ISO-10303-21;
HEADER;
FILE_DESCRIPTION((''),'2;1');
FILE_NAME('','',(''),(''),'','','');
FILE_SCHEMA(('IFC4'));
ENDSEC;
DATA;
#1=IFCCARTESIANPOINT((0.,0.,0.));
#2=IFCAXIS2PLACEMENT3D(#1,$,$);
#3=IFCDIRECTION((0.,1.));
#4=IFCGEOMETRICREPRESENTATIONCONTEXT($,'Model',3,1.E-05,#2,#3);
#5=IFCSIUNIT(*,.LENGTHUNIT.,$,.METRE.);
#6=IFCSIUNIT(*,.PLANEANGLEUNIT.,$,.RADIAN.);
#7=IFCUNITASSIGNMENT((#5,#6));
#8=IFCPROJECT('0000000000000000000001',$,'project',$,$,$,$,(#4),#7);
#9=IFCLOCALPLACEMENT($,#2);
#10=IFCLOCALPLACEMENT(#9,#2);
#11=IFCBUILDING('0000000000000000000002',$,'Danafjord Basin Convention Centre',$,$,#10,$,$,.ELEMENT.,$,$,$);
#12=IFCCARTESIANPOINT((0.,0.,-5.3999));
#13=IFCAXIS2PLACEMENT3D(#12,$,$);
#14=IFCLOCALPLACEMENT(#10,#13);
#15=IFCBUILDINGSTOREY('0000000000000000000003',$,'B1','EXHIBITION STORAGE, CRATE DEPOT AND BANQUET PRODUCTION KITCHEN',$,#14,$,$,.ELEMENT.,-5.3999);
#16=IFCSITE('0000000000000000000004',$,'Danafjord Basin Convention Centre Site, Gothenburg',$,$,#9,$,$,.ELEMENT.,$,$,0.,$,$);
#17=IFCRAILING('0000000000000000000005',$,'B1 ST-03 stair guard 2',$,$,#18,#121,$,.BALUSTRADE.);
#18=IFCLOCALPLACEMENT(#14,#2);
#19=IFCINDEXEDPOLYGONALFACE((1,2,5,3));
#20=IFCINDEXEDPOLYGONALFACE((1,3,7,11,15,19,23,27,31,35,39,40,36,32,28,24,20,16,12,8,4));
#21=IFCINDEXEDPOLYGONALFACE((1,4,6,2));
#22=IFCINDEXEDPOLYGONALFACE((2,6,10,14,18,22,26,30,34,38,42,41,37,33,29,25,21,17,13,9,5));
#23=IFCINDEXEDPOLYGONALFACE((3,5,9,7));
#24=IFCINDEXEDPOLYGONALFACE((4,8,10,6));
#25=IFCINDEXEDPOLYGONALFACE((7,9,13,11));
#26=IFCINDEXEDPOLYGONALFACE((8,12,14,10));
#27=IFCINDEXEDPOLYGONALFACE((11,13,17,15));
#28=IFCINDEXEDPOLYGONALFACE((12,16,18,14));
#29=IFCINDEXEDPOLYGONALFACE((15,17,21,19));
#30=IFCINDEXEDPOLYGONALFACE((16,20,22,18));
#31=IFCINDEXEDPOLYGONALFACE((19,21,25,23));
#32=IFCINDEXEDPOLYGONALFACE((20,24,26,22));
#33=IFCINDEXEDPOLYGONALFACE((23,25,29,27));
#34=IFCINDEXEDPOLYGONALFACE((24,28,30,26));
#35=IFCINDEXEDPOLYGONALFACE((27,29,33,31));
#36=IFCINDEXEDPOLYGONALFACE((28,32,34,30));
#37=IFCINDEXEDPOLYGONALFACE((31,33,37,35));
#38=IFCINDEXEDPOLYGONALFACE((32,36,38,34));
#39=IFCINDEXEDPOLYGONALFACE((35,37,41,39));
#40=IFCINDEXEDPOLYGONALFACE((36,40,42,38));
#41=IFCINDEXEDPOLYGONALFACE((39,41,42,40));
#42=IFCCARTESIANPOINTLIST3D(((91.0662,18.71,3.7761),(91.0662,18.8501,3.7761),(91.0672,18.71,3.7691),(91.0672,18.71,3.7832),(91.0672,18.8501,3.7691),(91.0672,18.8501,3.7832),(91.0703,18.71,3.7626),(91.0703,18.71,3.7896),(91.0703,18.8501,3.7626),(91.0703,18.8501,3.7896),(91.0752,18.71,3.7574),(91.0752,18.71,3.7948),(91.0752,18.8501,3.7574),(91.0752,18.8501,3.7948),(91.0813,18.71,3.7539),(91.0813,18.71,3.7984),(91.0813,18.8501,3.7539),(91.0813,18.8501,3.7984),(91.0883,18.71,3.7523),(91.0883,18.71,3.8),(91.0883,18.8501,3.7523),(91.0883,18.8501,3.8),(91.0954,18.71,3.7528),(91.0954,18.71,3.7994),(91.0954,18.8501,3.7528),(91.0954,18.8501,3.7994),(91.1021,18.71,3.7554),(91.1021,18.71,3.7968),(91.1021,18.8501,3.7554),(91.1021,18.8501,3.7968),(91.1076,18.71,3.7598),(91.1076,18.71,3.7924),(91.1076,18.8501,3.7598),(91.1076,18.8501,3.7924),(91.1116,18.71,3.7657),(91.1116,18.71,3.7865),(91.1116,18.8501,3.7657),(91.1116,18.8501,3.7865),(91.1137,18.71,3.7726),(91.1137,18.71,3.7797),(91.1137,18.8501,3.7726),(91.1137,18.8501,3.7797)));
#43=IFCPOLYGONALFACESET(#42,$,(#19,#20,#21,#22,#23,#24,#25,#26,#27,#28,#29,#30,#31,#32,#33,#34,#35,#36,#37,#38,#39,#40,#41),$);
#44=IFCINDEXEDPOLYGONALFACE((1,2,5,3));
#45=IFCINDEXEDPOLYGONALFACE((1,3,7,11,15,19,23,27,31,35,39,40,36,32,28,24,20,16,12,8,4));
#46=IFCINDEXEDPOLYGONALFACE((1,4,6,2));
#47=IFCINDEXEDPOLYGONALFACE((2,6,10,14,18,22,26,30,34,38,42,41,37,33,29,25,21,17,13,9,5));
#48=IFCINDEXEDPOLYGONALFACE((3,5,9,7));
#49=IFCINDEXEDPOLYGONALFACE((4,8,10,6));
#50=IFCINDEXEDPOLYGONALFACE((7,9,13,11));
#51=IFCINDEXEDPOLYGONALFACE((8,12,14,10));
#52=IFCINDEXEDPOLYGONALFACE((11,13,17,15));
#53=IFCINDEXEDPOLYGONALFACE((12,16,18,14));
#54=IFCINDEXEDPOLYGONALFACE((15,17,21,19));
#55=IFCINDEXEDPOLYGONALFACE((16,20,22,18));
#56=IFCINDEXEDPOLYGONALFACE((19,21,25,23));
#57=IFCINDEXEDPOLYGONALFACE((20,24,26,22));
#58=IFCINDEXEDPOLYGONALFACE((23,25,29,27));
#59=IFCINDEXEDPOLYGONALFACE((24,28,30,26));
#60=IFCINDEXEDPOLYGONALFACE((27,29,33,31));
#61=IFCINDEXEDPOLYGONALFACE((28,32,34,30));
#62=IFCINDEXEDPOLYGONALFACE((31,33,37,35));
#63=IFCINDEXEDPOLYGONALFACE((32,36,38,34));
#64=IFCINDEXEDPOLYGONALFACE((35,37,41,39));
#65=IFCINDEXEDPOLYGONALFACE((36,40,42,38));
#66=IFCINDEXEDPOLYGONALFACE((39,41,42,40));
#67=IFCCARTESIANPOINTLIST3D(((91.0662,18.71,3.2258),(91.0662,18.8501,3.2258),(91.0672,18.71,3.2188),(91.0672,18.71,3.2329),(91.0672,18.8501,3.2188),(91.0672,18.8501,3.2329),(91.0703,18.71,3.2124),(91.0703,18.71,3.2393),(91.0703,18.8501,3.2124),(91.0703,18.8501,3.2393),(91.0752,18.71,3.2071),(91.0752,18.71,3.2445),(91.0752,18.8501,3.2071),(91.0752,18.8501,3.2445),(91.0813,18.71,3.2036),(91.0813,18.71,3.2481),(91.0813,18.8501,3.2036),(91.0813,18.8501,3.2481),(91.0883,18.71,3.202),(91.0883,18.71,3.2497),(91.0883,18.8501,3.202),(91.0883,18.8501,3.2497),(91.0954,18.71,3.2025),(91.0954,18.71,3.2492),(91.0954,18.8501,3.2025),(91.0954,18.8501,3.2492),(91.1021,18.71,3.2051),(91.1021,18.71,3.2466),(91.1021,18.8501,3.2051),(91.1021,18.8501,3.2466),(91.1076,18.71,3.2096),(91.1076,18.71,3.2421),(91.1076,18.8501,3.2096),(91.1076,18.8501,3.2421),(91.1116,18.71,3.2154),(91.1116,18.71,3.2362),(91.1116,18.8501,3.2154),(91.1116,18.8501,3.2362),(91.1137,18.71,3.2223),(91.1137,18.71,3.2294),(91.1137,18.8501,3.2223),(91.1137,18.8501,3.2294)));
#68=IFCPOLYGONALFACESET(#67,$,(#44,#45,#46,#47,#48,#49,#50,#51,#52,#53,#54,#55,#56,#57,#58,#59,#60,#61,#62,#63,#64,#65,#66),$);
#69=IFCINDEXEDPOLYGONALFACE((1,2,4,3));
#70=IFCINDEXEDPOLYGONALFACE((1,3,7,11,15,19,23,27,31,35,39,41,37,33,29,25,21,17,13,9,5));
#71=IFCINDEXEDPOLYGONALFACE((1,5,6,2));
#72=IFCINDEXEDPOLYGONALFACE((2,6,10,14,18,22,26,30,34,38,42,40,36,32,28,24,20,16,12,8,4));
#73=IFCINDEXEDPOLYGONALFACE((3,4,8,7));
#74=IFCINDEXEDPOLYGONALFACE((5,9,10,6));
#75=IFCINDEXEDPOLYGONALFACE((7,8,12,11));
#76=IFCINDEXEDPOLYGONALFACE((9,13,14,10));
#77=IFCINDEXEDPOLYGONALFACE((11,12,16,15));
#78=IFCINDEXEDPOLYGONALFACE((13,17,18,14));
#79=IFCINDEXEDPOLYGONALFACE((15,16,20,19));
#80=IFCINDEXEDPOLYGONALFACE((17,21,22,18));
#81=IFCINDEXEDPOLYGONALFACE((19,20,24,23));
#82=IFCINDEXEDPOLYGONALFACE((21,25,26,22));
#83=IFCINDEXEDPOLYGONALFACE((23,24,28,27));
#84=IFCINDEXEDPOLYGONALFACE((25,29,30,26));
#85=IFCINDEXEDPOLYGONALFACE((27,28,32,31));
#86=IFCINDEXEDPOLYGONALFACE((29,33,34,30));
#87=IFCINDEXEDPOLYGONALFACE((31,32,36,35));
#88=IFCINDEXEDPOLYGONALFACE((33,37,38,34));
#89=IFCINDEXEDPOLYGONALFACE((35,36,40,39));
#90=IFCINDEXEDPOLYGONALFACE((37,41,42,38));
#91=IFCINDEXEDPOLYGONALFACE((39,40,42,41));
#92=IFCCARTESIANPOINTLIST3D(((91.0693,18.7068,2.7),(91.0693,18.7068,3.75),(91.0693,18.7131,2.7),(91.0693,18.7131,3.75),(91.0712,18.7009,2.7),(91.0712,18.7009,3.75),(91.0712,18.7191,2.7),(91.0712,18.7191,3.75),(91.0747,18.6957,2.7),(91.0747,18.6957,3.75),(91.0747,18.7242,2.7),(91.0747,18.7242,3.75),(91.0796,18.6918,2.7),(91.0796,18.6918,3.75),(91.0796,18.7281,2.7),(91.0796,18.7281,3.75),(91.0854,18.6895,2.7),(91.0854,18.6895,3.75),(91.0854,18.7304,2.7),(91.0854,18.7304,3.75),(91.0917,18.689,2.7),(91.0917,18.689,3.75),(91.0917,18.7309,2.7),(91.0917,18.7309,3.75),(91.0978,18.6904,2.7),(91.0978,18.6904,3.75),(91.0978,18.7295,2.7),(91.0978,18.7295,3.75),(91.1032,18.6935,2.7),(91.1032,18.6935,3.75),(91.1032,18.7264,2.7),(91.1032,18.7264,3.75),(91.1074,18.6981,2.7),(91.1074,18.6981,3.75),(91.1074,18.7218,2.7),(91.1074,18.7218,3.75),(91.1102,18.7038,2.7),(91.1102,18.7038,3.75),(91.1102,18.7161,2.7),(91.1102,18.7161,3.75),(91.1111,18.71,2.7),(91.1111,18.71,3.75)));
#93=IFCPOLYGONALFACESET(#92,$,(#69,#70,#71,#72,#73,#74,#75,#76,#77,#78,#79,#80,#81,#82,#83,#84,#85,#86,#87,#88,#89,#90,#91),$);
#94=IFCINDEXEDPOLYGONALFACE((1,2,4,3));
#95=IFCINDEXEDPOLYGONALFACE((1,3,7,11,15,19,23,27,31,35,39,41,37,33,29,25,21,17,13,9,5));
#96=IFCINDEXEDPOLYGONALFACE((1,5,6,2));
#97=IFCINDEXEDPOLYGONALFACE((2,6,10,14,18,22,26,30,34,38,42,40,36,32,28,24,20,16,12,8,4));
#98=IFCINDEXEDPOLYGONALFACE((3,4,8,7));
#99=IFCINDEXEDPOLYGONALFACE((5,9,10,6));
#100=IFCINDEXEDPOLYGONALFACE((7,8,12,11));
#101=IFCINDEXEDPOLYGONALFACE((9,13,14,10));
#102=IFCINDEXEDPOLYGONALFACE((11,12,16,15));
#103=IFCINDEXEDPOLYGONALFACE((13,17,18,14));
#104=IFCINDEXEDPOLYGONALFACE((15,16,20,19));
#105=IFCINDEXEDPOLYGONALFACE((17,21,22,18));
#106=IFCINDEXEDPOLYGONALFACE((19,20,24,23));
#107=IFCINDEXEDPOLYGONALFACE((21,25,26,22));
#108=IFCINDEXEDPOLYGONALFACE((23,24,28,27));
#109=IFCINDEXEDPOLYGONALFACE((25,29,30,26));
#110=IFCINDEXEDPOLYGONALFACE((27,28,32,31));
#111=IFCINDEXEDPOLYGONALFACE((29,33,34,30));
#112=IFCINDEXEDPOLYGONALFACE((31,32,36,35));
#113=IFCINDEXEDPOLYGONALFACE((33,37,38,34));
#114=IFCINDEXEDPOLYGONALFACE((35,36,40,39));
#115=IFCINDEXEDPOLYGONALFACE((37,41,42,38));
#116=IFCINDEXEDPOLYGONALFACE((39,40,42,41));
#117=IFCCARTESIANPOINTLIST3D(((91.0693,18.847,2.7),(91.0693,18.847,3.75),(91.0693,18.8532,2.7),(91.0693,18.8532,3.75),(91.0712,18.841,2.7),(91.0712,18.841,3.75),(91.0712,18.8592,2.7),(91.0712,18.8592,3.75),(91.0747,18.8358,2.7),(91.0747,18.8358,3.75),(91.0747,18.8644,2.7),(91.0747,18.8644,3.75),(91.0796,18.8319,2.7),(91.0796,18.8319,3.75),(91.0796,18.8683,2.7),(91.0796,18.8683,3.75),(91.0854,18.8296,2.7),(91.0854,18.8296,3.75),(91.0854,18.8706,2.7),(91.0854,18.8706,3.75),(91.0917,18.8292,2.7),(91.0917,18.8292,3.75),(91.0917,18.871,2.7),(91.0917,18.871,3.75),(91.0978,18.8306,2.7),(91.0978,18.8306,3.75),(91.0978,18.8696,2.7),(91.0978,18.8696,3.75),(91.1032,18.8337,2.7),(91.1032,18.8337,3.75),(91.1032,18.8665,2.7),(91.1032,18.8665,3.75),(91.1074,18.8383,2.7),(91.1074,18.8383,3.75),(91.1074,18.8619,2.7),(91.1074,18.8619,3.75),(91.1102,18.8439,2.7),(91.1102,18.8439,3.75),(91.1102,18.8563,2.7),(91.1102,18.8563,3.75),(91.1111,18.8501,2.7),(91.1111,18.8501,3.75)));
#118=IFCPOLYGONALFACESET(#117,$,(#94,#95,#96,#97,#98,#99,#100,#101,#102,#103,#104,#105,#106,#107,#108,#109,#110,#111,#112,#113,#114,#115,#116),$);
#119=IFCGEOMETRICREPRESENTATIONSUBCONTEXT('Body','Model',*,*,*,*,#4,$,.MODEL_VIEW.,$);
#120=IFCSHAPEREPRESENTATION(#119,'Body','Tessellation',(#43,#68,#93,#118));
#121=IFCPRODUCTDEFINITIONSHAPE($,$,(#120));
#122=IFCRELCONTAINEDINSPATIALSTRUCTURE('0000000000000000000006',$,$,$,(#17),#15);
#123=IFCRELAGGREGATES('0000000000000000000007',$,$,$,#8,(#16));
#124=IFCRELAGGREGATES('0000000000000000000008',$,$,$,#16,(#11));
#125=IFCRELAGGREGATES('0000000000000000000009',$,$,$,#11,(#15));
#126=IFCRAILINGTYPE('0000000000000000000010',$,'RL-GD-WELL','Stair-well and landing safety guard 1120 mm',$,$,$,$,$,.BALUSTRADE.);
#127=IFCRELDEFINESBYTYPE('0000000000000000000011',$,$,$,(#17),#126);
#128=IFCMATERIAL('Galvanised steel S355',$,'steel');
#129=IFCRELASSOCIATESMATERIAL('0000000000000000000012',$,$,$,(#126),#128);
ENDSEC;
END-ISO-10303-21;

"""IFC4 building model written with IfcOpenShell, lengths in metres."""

from ifc_helpers import new_model, si_unit, direction, frame, origin, origin_2d, place, context, subcontext, project, spatial, circle, extrude, material, type_object, element, save


model = new_model("IFC4")

# Units and contexts
model_context = context("Model", 3, precision=1e-05, world=origin(), true_north=direction((0.0, 1.0)))
body_context = subcontext(model_context, "Body", "Model", "MODEL_VIEW")
ifc_project = project(units=[si_unit("LENGTHUNIT", "METRE"), si_unit("PLANEANGLEUNIT", "RADIAN")], contexts=[model_context])

# Site, building, storey
site_placement = place(None, origin())
site = spatial("IfcSite", under=ifc_project, at=site_placement, Name="Danafjord Basin Convention Centre Site, Gothenburg", CompositionType="ELEMENT", RefElevation=0.0)
building_placement = place(site_placement, origin())
building = spatial("IfcBuilding", under=site, at=building_placement, Name="Danafjord Basin Convention Centre", CompositionType="ELEMENT")
storey_placement = place(building_placement, frame((0.0, 0.0, -5.3999)))
storey = spatial("IfcBuildingStorey", under=building, at=storey_placement, Name="B1", Description="EXHIBITION STORAGE, CRATE DEPOT AND BANQUET PRODUCTION KITCHEN", CompositionType="ELEMENT", Elevation=-5.3999)

# Railing
ifc_material_1 = material(Name="Galvanised steel S355", Category="steel")
railing_type_1 = type_object("IfcRailingType", Name="RL-GD-WELL", Description="Stair-well and landing safety guard 1120 mm", PredefinedType="BALUSTRADE", material=ifc_material_1)
railing_1_placement = place(storey_placement, frame((91.0901, 18.71, 2.7)))
element("IfcRailing", 1, at=railing_1_placement, inside=storey, type_object=railing_type_1, Name="B1 ST-03 stair guard 2", PredefinedType="BALUSTRADE", context=body_context, shape_type="SweptSolid", body=[
    extrude(circle(Radius=0.0239, at=origin_2d()), frame((0.0, 0.0, 1.0762), z_axis=(0.0, 1.0, 0.0), x_axis=(-1.0, 0.0, 0.0)), (0.0, 0.0, 1.0), 0.1401),
    extrude(circle(Radius=0.0239, at=origin_2d()), frame((0.0, 0.0, 0.5259), z_axis=(0.0, 1.0, 0.0), x_axis=(-1.0, 0.0, 0.0)), (0.0, 0.0, 1.0), 0.1401),
    extrude(circle(Radius=0.021, at=origin_2d()), origin(), (0.0, 0.0, 1.0), 1.05),
    extrude(circle(Radius=0.021, at=origin_2d()), frame((0.0, 0.1401, 0.0)), (0.0, 0.0, 1.0), 1.05),
])

save(model, "model.ifc")
